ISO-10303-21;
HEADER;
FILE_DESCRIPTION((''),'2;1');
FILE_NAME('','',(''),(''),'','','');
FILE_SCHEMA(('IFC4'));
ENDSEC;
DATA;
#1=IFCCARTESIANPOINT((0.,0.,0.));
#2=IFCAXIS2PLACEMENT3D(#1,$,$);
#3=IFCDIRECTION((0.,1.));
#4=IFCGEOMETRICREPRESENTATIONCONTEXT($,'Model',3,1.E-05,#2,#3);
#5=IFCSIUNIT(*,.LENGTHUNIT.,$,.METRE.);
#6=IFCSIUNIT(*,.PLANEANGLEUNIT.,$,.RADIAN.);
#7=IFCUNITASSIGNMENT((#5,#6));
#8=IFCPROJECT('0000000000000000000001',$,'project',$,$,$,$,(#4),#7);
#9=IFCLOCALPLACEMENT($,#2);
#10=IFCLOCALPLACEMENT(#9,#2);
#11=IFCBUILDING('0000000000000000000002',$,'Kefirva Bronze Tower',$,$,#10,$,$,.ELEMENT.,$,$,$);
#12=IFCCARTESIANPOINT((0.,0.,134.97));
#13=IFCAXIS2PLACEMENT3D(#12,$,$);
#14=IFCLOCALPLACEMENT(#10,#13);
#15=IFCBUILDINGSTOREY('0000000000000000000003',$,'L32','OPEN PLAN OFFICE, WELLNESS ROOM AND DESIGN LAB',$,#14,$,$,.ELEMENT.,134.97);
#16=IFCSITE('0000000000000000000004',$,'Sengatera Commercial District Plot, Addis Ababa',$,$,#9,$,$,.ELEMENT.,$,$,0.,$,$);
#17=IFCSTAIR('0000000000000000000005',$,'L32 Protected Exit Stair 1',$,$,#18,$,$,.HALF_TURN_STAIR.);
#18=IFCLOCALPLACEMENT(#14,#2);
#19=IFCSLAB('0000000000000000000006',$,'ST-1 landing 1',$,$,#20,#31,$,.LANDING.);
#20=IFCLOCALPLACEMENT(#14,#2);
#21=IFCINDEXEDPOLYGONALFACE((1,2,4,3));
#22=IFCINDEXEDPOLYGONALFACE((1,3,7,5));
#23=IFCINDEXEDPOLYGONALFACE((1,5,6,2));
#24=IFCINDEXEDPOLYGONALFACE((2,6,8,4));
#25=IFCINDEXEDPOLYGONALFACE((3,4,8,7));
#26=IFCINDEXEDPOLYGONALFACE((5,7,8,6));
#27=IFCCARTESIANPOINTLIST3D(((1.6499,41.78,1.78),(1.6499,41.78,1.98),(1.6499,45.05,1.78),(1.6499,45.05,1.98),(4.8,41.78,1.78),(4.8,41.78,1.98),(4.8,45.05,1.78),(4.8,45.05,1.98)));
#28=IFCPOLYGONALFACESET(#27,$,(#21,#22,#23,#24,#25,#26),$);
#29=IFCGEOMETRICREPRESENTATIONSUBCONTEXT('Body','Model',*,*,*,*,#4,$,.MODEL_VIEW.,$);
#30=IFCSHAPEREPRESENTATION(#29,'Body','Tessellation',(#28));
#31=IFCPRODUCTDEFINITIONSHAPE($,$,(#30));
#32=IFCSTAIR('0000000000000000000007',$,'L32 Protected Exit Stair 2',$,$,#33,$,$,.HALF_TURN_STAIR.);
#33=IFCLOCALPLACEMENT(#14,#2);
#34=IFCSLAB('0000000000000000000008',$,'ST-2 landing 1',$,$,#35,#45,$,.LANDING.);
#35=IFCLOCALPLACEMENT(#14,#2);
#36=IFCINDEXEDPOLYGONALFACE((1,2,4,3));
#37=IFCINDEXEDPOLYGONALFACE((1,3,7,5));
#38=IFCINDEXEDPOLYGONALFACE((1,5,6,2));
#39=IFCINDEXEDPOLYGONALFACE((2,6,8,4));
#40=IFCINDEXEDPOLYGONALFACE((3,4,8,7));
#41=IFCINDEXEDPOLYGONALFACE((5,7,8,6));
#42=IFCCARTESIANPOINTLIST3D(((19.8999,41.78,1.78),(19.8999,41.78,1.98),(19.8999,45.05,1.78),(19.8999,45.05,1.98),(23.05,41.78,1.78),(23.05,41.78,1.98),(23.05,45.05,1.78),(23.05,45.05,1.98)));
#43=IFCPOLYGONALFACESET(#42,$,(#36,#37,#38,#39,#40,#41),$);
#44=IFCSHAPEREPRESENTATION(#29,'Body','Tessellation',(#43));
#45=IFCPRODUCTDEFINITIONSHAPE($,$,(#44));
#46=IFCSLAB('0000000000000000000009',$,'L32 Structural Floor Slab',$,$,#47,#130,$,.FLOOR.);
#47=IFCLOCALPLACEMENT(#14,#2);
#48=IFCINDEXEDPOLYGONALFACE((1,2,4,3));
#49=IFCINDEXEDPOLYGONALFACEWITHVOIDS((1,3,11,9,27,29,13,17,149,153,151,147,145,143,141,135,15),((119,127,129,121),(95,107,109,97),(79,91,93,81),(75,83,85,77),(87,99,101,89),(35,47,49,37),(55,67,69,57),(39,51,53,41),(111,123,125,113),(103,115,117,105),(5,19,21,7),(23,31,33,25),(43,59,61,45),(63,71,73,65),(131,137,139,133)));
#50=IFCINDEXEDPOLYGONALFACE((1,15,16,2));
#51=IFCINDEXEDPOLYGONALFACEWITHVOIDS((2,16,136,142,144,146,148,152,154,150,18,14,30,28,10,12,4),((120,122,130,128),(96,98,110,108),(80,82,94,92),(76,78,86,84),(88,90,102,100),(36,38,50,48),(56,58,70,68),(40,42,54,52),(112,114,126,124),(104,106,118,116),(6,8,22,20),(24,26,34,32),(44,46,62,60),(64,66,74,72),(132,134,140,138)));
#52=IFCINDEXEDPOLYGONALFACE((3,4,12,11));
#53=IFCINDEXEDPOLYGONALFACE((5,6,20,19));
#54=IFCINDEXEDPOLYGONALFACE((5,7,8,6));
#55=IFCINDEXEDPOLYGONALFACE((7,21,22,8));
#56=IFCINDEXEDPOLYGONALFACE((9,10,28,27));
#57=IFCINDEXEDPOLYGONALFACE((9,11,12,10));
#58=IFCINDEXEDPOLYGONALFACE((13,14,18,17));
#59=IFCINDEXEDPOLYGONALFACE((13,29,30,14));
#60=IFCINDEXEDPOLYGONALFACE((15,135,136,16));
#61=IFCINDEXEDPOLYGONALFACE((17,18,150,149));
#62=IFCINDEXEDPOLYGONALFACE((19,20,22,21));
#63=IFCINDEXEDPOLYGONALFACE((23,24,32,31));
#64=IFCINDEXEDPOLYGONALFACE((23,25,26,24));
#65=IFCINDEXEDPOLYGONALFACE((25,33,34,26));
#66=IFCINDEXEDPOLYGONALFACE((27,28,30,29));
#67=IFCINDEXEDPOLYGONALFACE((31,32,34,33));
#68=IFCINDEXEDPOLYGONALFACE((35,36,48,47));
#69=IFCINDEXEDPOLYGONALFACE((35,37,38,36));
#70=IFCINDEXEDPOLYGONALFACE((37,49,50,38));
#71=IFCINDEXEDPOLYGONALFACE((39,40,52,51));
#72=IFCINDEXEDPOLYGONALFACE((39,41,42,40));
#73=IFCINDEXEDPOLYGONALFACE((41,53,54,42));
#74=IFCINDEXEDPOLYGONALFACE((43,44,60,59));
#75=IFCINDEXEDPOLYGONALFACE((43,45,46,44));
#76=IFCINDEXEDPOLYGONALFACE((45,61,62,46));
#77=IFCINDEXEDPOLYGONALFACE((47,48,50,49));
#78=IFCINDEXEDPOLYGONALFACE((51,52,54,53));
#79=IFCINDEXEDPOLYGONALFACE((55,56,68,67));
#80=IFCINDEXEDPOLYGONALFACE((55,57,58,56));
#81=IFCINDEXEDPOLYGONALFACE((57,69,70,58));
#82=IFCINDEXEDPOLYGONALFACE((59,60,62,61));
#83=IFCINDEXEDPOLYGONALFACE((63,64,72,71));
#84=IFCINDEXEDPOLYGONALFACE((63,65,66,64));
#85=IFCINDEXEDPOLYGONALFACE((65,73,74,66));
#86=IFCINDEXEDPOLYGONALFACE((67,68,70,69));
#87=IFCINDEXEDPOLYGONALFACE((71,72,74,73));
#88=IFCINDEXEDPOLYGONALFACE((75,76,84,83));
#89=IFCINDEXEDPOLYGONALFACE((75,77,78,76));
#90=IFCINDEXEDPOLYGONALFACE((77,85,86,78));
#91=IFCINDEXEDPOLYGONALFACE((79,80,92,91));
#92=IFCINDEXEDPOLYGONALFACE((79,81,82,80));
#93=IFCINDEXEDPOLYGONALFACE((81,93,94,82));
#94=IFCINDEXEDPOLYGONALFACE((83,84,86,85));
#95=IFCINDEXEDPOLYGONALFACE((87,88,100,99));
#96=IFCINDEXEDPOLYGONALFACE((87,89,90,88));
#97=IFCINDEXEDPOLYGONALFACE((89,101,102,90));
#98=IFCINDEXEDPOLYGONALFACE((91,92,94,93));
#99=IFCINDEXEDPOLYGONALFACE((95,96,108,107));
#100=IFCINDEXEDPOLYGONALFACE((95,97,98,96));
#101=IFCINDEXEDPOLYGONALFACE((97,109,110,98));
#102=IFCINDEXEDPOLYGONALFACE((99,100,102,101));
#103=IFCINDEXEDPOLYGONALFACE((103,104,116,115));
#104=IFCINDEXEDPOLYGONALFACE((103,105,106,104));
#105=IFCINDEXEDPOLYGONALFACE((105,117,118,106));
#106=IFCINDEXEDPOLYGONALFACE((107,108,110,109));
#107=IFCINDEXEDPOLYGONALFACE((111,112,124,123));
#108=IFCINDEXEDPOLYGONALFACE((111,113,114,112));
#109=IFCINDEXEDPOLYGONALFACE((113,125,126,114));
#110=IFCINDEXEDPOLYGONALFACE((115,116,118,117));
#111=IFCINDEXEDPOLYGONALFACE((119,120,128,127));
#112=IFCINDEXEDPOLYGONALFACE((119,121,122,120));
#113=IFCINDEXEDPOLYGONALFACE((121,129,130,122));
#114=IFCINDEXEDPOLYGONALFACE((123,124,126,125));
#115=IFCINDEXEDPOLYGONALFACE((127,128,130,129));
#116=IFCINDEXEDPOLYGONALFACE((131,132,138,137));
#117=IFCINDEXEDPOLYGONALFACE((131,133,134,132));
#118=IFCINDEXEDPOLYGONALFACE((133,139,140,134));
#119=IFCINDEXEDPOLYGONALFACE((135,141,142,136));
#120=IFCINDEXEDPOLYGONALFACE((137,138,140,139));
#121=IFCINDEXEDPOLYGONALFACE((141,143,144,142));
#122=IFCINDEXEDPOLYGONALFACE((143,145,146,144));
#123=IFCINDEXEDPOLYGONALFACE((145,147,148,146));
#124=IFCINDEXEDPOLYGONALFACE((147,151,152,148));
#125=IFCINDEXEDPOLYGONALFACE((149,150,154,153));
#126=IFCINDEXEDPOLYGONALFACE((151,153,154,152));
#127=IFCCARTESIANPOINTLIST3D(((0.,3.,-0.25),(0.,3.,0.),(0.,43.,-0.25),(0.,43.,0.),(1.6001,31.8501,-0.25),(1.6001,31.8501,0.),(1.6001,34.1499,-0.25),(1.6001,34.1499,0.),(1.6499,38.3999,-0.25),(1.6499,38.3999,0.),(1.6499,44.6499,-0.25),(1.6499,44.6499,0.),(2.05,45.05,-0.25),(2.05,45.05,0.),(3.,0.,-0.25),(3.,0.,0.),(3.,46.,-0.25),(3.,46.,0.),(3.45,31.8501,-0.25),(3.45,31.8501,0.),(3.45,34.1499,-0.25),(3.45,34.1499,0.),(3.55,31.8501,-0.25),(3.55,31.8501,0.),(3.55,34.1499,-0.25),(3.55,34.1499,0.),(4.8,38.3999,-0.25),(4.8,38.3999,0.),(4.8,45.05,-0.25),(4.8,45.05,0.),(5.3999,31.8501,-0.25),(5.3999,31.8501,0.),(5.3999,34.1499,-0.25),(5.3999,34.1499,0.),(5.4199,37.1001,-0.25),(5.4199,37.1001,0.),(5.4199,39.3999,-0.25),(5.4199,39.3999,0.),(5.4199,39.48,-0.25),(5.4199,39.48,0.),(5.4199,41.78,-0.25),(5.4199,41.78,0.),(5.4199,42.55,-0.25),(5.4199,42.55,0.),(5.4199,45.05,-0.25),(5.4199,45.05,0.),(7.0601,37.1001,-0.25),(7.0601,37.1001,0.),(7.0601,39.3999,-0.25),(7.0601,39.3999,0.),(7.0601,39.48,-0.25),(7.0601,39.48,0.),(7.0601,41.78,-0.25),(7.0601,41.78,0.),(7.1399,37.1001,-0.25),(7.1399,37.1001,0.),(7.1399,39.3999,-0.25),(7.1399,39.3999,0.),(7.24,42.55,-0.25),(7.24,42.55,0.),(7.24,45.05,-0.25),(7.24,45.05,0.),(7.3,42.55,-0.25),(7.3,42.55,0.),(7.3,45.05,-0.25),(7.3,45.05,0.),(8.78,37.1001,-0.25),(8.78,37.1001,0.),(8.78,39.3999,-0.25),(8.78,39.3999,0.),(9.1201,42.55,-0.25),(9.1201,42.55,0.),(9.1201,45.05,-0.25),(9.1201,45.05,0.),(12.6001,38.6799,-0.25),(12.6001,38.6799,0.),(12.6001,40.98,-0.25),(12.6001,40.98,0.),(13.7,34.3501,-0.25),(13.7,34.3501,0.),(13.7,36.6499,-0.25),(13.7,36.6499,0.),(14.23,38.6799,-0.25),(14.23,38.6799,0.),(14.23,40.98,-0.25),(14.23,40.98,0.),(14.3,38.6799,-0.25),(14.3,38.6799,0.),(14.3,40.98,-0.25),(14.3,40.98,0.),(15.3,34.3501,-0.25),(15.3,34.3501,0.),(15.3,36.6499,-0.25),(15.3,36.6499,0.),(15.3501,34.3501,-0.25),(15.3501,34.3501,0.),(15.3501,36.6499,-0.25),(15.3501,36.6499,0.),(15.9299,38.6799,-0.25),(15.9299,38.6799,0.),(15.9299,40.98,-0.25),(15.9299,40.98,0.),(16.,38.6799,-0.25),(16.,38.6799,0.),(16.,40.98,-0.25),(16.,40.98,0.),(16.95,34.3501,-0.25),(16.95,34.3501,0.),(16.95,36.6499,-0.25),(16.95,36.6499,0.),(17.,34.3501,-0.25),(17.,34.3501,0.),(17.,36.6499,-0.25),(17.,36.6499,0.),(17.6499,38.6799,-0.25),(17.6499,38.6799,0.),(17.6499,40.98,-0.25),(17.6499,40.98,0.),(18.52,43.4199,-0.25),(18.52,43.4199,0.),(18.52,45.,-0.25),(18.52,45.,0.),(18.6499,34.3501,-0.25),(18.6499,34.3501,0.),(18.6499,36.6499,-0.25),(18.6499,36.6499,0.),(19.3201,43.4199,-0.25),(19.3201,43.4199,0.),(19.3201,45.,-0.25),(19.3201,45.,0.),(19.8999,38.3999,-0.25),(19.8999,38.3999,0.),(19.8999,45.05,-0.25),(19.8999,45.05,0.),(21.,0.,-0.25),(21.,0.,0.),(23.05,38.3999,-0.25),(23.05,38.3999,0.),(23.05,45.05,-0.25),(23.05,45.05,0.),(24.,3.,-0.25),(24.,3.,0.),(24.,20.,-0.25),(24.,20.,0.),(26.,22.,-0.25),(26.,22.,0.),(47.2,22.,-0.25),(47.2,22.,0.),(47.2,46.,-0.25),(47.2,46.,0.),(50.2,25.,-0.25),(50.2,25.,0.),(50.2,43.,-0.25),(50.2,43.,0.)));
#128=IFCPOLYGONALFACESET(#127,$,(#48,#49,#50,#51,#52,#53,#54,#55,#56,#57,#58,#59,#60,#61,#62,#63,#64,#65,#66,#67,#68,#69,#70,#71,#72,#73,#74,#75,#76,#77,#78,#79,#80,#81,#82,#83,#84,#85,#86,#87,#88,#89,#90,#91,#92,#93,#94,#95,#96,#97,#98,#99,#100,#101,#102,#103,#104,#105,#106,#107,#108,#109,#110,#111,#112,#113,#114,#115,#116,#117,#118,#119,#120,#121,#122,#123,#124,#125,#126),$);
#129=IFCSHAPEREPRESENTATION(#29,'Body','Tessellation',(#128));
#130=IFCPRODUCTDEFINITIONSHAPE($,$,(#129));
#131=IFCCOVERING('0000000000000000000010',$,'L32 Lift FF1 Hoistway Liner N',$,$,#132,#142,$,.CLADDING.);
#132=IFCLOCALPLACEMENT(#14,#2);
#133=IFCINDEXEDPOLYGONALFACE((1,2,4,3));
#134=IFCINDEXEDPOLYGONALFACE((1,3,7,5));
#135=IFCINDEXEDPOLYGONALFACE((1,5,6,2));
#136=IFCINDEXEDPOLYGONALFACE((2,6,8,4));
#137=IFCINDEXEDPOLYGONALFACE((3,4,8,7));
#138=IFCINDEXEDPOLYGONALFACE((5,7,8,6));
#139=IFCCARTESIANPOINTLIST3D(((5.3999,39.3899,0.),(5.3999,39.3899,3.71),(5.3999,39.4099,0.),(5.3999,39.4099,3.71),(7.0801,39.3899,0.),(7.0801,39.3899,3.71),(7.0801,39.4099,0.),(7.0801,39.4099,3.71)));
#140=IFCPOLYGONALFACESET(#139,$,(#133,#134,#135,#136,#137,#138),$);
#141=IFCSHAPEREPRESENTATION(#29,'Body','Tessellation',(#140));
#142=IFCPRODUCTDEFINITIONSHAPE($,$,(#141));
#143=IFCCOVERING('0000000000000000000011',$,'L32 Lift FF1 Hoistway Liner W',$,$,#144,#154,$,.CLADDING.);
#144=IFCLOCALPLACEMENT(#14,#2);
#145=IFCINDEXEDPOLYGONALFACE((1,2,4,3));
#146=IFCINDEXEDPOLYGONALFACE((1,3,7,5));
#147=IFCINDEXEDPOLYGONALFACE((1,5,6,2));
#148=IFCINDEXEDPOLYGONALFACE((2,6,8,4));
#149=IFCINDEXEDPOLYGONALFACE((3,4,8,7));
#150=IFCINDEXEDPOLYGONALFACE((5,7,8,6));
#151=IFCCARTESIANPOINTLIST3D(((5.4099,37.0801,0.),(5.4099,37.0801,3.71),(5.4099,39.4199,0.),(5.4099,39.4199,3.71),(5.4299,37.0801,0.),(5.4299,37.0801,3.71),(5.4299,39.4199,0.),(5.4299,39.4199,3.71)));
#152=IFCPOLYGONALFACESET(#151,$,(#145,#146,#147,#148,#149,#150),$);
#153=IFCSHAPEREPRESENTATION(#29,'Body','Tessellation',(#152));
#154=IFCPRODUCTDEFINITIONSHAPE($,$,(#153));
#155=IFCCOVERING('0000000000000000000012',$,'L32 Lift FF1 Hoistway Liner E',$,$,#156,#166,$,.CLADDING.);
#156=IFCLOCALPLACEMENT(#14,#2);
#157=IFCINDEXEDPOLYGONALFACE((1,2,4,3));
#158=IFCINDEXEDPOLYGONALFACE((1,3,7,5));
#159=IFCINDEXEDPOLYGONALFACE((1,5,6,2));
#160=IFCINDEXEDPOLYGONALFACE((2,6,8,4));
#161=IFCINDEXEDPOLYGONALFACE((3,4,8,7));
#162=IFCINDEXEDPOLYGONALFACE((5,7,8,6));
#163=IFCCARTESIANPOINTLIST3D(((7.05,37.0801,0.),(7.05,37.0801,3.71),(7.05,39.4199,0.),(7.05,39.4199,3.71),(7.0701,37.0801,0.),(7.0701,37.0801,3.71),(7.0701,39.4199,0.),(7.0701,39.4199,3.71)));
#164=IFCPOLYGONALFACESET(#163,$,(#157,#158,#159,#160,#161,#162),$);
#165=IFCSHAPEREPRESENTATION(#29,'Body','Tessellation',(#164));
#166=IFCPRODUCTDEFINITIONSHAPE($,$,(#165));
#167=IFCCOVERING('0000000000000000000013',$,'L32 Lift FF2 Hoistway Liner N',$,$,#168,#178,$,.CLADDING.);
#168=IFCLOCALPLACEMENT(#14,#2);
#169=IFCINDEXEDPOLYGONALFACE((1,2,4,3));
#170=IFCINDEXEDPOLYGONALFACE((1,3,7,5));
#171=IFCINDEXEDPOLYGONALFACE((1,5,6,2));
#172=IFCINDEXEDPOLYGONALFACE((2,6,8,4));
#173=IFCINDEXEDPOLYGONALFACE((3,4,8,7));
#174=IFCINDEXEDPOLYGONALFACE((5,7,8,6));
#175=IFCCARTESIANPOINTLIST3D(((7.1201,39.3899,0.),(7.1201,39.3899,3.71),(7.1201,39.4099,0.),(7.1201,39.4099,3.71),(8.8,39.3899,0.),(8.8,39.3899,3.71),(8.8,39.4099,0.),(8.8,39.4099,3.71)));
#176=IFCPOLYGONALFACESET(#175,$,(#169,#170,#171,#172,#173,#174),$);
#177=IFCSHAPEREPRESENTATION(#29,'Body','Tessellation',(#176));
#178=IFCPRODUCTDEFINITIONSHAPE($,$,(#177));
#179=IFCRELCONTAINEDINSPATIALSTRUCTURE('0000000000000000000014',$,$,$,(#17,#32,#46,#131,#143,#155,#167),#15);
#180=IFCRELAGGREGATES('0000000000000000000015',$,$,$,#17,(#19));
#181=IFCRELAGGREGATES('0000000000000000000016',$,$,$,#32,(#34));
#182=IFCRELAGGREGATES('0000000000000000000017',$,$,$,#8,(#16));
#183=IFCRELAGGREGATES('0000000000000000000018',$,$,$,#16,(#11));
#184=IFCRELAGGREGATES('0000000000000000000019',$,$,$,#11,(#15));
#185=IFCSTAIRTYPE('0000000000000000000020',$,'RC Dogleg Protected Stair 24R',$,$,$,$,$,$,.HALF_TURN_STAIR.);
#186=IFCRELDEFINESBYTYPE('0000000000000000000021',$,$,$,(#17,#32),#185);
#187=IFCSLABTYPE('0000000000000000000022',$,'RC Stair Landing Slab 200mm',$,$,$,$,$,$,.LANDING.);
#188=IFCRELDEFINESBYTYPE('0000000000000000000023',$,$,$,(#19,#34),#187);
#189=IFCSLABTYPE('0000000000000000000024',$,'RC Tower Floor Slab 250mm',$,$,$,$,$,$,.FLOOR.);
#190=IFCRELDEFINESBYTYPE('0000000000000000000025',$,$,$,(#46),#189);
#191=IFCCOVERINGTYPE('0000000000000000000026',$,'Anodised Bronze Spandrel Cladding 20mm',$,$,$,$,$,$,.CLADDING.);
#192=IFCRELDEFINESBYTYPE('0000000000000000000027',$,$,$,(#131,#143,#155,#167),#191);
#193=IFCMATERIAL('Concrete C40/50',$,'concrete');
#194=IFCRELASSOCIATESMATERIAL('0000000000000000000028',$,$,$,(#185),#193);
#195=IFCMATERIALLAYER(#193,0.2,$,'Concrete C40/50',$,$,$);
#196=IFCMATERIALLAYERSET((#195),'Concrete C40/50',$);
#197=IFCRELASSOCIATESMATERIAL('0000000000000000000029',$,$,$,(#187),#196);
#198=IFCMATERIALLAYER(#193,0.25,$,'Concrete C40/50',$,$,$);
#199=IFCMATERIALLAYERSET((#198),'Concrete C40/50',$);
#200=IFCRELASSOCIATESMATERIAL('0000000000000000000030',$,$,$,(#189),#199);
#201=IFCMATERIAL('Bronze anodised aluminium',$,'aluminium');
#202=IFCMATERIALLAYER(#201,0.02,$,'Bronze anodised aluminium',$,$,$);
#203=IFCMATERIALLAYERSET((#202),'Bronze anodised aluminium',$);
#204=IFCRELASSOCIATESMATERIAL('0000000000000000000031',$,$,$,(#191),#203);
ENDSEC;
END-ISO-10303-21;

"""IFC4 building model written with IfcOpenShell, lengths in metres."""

from ifc_helpers import new_model, si_unit, direction, frame, origin, place, context, subcontext, project, spatial, polyline, outline, extrude, material, layer, layer_set, type_object, element, aggregate, save


model = new_model("IFC4")

# Units and contexts
model_context = context("Model", 3, precision=1e-05, world=origin(), true_north=direction((0.0, 1.0)))
body_context = subcontext(model_context, "Body", "Model", "MODEL_VIEW")
ifc_project = project(units=[si_unit("LENGTHUNIT", "METRE"), si_unit("PLANEANGLEUNIT", "RADIAN")], contexts=[model_context])

# Site, building, storey
site_placement = place(None, origin())
site = spatial("IfcSite", under=ifc_project, at=site_placement, Name="Sengatera Commercial District Plot, Addis Ababa", CompositionType="ELEMENT", RefElevation=0.0)
building_placement = place(site_placement, origin())
building = spatial("IfcBuilding", under=site, at=building_placement, Name="Kefirva Bronze Tower", CompositionType="ELEMENT")
storey_placement = place(building_placement, frame((0.0, 0.0, 134.97)))
storey = spatial("IfcBuildingStorey", under=building, at=storey_placement, Name="L32", Description="OPEN PLAN OFFICE, WELLNESS ROOM AND DESIGN LAB", CompositionType="ELEMENT", Elevation=134.97)

# Stairs, slabs
ifc_material_1 = material(Name="Concrete C40/50", Category="concrete")
stair_type = type_object("IfcStairType", Name="RC Dogleg Protected Stair 24R", PredefinedType="HALF_TURN_STAIR", material=ifc_material_1)
stair_1_placement = place(storey_placement, origin())
stair_1 = element("IfcStair", 1, at=stair_1_placement, inside=storey, type_object=stair_type, Name="L32 Protected Exit Stair 1", PredefinedType="HALF_TURN_STAIR")
ifc_layer_1 = layer(ifc_material_1, 0.2, Name="Concrete C40/50")
ifc_layer_set_1 = layer_set([ifc_layer_1], Name="Concrete C40/50")
slab_type_1 = type_object("IfcSlabType", Name="RC Stair Landing Slab 200mm", PredefinedType="LANDING", material=ifc_layer_set_1)
slab_1_placement = place(storey_placement, frame((0.0, 0.0, 1.78)))
slab_1 = element("IfcSlab", 2, at=slab_1_placement, type_object=slab_type_1, Name="ST-1 landing 1", PredefinedType="LANDING", context=body_context, shape_type="SweptSolid", body=[
    extrude(outline(polyline([(4.8, 41.78), (4.8, 45.05), (1.6499, 45.05), (1.6499, 41.78), (4.8, 41.78)])), origin(), (0.0, 0.0, 1.0), 0.2),
])
aggregate(stair_1, [slab_1])
stair_2_placement = place(storey_placement, origin())
stair_2 = element("IfcStair", 3, at=stair_2_placement, inside=storey, type_object=stair_type, Name="L32 Protected Exit Stair 2", PredefinedType="HALF_TURN_STAIR")
slab_2_placement = place(storey_placement, frame((0.0, 0.0, 1.78)))
slab_2 = element("IfcSlab", 4, at=slab_2_placement, type_object=slab_type_1, Name="ST-2 landing 1", PredefinedType="LANDING", context=body_context, shape_type="SweptSolid", body=[
    extrude(outline(polyline([(23.05, 41.78), (23.05, 45.05), (19.8999, 45.05), (19.8999, 41.78), (23.05, 41.78)])), origin(), (0.0, 0.0, 1.0), 0.2),
])
aggregate(stair_2, [slab_2])

# Slab
ifc_layer_2 = layer(ifc_material_1, 0.25, Name="Concrete C40/50")
ifc_layer_set_2 = layer_set([ifc_layer_2], Name="Concrete C40/50")
slab_type_2 = type_object("IfcSlabType", Name="RC Tower Floor Slab 250mm", PredefinedType="FLOOR", material=ifc_layer_set_2)
slab_3_placement = place(storey_placement, frame((0.0, 0.0, -0.25)))
element("IfcSlab", 5, at=slab_3_placement, inside=storey, type_object=slab_type_2, Name="L32 Structural Floor Slab", PredefinedType="FLOOR", context=body_context, shape_type="SweptSolid", body=[
    extrude(outline(polyline([(0.0, 3.0), (0.0, 43.0), (1.6499, 44.6499), (1.6499, 38.3999), (4.8, 38.3999), (4.8, 45.05), (2.05, 45.05), (3.0, 46.0), (47.2, 46.0), (50.2, 43.0), (50.2, 25.0), (47.2, 22.0), (26.0, 22.0), (24.0, 20.0), (24.0, 3.0), (21.0, 0.0), (3.0, 0.0), (0.0, 3.0)]), holes=[polyline([(23.05, 38.3999), (23.05, 45.05), (19.8999, 45.05), (19.8999, 38.3999), (23.05, 38.3999)]), polyline([(19.3201, 43.4199), (19.3201, 45.0), (18.52, 45.0), (18.52, 43.4199), (19.3201, 43.4199)]), polyline([(18.6499, 34.3501), (18.6499, 36.6499), (17.0, 36.6499), (17.0, 34.3501), (18.6499, 34.3501)]), polyline([(17.6499, 38.6799), (17.6499, 40.98), (16.0, 40.98), (16.0, 38.6799), (17.6499, 38.6799)]), polyline([(16.95, 34.3501), (16.95, 36.6499), (15.3501, 36.6499), (15.3501, 34.3501), (16.95, 34.3501)]), polyline([(15.9299, 38.6799), (15.9299, 40.98), (14.3, 40.98), (14.3, 38.6799), (15.9299, 38.6799)]), polyline([(15.3, 34.3501), (15.3, 36.6499), (13.7, 36.6499), (13.7, 34.3501), (15.3, 34.3501)]), polyline([(14.23, 38.6799), (14.23, 40.98), (12.6001, 40.98), (12.6001, 38.6799), (14.23, 38.6799)]), polyline([(9.1201, 42.55), (9.1201, 45.05), (7.3, 45.05), (7.3, 42.55), (9.1201, 42.55)]), polyline([(8.78, 37.1001), (8.78, 39.3999), (7.1399, 39.3999), (7.1399, 37.1001), (8.78, 37.1001)]), polyline([(7.24, 42.55), (7.24, 45.05), (5.4199, 45.05), (5.4199, 42.55), (7.24, 42.55)]), polyline([(7.0601, 37.1001), (7.0601, 39.3999), (5.4199, 39.3999), (5.4199, 37.1001), (7.0601, 37.1001)]), polyline([(7.0601, 39.48), (7.0601, 41.78), (5.4199, 41.78), (5.4199, 39.48), (7.0601, 39.48)]), polyline([(5.3999, 31.8501), (5.3999, 34.1499), (3.55, 34.1499), (3.55, 31.8501), (5.3999, 31.8501)]), polyline([(3.45, 31.8501), (3.45, 34.1499), (1.6001, 34.1499), (1.6001, 31.8501), (3.45, 31.8501)])]), origin(), (0.0, 0.0, 1.0), 0.25),
])

# Coverings
ifc_material_2 = material(Name="Bronze anodised aluminium", Category="aluminium")
ifc_layer_3 = layer(ifc_material_2, 0.02, Name="Bronze anodised aluminium")
ifc_layer_set_3 = layer_set([ifc_layer_3], Name="Bronze anodised aluminium")
covering_type = type_object("IfcCoveringType", Name="Anodised Bronze Spandrel Cladding 20mm", PredefinedType="CLADDING", material=ifc_layer_set_3)
covering_1_placement = place(storey_placement, origin())
element("IfcCovering", 6, at=covering_1_placement, inside=storey, type_object=covering_type, Name="L32 Lift FF1 Hoistway Liner N", PredefinedType="CLADDING", context=body_context, shape_type="SweptSolid", body=[
    extrude(outline(polyline([(5.3999, 39.3899), (7.0801, 39.3899), (7.0801, 39.4099), (5.3999, 39.4099), (5.3999, 39.3899)])), origin(), (0.0, 0.0, 1.0), 3.71),
])
covering_2_placement = place(storey_placement, origin())
element("IfcCovering", 7, at=covering_2_placement, inside=storey, type_object=covering_type, Name="L32 Lift FF1 Hoistway Liner W", PredefinedType="CLADDING", context=body_context, shape_type="SweptSolid", body=[
    extrude(outline(polyline([(5.4099, 37.0801), (5.4299, 37.0801), (5.4299, 39.4199), (5.4099, 39.4199), (5.4099, 37.0801)])), origin(), (0.0, 0.0, 1.0), 3.71),
])
covering_3_placement = place(storey_placement, origin())
element("IfcCovering", 8, at=covering_3_placement, inside=storey, type_object=covering_type, Name="L32 Lift FF1 Hoistway Liner E", PredefinedType="CLADDING", context=body_context, shape_type="SweptSolid", body=[
    extrude(outline(polyline([(7.05, 37.0801), (7.0701, 37.0801), (7.0701, 39.4199), (7.05, 39.4199), (7.05, 37.0801)])), origin(), (0.0, 0.0, 1.0), 3.71),
])
covering_4_placement = place(storey_placement, origin())
element("IfcCovering", 9, at=covering_4_placement, inside=storey, type_object=covering_type, Name="L32 Lift FF2 Hoistway Liner N", PredefinedType="CLADDING", context=body_context, shape_type="SweptSolid", body=[
    extrude(outline(polyline([(7.1201, 39.3899), (8.8, 39.3899), (8.8, 39.4099), (7.1201, 39.4099), (7.1201, 39.3899)])), origin(), (0.0, 0.0, 1.0), 3.71),
])

save(model, "model.ifc")
